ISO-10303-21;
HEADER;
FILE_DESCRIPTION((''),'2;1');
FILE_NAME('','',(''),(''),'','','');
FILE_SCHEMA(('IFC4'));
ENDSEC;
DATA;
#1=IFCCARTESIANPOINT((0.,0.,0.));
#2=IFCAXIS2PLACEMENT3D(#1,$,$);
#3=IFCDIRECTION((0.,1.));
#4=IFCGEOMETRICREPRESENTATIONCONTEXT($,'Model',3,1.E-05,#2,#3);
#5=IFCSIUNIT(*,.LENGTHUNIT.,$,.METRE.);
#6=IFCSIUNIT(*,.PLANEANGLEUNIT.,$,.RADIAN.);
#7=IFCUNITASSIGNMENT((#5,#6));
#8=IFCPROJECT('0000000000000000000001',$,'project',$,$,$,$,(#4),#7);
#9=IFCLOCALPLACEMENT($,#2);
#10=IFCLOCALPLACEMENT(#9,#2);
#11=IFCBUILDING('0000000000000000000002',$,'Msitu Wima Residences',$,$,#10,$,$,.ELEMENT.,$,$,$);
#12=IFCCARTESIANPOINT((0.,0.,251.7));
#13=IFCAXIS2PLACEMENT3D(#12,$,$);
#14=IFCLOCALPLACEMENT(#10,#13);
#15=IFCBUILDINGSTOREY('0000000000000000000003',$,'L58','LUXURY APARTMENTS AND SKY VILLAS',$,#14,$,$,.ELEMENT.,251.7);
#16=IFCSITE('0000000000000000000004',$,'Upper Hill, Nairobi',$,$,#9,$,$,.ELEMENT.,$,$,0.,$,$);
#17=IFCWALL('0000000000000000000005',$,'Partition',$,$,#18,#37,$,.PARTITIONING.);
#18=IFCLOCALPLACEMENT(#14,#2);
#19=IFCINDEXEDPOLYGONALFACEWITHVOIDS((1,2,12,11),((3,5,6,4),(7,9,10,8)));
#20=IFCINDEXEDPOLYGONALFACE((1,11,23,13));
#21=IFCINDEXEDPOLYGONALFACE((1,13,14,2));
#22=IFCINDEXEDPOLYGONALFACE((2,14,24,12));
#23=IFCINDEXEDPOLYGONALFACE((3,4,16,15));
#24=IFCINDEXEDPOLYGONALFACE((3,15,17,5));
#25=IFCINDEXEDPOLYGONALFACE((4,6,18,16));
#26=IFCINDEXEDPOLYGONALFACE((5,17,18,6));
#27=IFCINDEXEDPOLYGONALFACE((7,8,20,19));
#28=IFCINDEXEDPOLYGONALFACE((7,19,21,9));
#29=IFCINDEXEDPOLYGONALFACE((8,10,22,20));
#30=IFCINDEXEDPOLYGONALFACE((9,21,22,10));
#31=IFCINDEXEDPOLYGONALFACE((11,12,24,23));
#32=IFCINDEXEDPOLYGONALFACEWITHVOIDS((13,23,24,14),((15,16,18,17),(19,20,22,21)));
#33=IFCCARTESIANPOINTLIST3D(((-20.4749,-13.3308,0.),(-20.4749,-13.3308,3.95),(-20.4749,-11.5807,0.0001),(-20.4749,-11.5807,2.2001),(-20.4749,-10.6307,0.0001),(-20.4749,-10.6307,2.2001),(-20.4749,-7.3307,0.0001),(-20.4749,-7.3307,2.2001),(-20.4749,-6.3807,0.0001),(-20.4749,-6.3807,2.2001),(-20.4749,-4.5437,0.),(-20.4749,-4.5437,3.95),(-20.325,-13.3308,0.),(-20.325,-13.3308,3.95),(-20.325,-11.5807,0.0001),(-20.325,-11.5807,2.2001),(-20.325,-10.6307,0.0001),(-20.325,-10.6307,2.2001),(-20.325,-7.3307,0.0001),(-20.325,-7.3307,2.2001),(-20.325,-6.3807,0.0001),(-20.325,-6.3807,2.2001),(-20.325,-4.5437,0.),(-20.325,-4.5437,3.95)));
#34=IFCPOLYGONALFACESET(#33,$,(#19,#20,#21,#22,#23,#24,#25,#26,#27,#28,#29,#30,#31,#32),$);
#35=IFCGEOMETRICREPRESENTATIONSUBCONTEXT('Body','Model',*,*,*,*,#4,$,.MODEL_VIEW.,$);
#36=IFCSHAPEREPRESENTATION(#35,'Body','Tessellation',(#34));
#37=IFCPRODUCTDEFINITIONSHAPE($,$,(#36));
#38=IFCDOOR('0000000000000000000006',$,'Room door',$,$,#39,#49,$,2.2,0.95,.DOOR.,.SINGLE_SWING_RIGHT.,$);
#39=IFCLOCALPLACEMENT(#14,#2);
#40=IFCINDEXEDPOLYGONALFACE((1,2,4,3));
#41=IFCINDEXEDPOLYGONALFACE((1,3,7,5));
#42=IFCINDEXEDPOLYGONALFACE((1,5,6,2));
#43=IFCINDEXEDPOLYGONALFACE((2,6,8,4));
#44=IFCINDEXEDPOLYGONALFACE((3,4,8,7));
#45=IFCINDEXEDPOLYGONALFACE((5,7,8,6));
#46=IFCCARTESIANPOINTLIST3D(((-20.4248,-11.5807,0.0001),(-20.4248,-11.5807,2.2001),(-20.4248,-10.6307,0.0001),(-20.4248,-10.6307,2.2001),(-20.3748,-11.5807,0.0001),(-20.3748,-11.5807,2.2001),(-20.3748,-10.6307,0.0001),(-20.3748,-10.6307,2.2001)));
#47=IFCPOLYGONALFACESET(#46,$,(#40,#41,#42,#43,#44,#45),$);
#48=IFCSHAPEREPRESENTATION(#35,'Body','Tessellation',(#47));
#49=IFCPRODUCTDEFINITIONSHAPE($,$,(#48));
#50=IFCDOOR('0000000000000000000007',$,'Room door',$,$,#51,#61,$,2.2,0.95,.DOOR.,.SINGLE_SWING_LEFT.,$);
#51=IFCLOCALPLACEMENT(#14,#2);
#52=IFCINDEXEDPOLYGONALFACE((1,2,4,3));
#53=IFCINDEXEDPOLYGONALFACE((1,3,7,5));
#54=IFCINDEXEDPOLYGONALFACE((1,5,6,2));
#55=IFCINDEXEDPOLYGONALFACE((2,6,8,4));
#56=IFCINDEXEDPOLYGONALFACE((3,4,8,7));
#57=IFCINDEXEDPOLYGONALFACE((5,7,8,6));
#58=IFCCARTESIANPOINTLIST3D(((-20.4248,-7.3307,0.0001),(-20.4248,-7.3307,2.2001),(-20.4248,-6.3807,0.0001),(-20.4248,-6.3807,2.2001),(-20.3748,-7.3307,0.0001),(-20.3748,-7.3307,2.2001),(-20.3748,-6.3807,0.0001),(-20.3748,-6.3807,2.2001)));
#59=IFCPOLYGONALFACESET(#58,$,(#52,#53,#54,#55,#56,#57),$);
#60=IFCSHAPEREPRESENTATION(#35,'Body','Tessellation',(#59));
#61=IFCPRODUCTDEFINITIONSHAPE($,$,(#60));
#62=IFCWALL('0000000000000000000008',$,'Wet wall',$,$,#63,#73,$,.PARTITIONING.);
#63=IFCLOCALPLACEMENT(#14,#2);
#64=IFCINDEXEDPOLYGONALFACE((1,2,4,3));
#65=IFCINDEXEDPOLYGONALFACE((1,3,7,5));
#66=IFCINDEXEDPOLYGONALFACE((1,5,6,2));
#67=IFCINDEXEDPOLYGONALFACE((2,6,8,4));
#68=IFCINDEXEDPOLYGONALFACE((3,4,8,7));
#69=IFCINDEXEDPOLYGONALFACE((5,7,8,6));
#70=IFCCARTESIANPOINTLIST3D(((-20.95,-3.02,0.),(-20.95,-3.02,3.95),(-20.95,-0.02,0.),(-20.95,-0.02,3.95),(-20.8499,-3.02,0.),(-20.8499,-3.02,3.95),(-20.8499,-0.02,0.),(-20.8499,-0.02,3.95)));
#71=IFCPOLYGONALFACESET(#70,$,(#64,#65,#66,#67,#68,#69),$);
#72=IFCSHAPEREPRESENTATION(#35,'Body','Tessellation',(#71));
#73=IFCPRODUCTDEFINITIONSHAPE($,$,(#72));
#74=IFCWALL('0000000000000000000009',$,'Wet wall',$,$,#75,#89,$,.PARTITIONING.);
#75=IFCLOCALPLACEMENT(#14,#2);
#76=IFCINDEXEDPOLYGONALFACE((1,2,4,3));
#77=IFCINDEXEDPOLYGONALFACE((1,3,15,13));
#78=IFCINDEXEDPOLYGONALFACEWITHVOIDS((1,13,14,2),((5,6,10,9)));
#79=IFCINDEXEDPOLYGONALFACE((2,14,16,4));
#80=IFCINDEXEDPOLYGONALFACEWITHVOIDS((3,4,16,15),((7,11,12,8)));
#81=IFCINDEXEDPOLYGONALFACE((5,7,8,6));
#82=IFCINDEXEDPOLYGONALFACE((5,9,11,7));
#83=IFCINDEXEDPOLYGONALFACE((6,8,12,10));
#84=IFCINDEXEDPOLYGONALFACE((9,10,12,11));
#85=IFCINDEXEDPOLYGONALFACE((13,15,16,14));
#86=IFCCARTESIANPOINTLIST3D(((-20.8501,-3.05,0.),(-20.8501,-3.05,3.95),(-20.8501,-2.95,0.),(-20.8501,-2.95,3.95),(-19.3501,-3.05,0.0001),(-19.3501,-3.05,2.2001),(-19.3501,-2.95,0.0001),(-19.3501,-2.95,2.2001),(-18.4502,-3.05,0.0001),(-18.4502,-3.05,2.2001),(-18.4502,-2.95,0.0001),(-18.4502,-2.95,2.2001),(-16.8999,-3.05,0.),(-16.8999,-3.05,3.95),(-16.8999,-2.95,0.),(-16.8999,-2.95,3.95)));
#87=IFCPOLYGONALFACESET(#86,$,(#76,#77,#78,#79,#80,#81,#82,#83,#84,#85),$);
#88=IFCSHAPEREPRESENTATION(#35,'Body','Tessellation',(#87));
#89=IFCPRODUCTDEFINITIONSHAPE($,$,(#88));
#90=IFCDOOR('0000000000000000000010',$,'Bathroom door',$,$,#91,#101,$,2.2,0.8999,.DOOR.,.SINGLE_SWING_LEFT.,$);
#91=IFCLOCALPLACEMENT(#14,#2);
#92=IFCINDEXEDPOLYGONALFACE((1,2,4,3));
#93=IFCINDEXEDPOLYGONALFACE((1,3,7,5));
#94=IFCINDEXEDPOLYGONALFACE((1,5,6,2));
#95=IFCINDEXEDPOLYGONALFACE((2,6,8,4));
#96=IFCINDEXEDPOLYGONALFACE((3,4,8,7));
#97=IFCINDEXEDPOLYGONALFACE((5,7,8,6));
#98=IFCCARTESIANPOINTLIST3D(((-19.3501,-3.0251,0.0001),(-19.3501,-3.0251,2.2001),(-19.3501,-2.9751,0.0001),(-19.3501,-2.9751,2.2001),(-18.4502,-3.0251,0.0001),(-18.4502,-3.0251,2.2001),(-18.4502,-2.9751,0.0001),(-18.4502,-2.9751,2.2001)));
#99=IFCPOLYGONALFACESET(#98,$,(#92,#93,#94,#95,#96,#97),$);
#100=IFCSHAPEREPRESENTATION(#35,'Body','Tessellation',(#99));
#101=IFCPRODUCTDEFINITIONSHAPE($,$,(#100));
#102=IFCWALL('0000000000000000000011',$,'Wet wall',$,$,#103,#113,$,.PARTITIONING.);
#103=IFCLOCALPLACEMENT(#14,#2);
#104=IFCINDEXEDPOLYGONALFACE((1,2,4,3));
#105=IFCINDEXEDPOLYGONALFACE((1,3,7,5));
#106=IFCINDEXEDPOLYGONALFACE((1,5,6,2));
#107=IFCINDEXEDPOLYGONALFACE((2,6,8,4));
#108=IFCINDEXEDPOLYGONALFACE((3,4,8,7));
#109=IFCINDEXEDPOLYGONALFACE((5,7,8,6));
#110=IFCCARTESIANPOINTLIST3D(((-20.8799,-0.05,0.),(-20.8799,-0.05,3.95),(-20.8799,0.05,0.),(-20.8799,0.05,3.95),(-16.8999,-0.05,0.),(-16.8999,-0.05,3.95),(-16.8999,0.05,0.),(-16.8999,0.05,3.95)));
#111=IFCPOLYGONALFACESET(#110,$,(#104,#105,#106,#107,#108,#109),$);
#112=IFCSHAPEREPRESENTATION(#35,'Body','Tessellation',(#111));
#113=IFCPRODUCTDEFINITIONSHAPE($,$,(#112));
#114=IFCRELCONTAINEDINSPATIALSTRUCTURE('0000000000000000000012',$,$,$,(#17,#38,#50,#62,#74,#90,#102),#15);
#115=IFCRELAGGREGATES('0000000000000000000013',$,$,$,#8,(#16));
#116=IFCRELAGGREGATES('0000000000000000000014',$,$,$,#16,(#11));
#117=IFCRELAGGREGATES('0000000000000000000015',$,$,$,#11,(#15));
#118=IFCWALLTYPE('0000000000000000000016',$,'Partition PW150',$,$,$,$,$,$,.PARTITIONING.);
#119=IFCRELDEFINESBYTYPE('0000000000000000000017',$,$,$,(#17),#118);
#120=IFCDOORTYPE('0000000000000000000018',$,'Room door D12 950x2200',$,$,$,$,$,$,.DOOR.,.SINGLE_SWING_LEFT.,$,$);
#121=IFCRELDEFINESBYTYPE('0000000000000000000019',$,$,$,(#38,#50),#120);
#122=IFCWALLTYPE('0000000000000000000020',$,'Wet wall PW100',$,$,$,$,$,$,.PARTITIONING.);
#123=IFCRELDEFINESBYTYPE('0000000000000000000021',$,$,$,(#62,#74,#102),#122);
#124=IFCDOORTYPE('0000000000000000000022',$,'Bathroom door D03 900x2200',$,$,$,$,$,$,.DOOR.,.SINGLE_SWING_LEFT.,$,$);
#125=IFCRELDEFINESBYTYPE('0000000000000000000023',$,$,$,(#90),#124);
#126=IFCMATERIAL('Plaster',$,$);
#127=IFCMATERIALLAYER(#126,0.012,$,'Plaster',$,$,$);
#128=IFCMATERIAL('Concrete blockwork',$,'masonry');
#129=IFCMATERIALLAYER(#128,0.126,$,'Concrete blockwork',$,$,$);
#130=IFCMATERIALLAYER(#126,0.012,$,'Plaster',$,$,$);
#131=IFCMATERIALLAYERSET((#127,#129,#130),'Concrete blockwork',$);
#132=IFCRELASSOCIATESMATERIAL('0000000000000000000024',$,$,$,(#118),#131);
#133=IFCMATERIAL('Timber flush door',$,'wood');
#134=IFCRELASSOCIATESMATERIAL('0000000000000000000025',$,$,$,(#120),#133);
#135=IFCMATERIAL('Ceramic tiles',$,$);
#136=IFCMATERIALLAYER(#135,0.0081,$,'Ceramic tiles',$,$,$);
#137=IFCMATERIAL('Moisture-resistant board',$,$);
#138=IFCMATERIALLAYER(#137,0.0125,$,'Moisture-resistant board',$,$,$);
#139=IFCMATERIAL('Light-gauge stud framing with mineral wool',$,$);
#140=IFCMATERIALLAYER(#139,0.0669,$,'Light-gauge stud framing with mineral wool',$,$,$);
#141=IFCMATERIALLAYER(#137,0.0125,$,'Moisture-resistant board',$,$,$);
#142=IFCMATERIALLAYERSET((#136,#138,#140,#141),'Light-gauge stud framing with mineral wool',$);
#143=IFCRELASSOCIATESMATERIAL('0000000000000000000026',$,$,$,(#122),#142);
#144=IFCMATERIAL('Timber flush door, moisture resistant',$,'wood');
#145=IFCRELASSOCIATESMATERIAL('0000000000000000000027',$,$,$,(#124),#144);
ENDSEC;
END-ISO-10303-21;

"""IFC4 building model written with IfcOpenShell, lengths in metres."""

from ifc_helpers import new_model, si_unit, direction, frame, frame_2d, origin, place, context, subcontext, project, spatial, rectangle, extrude, material, layer, layer_set, type_object, element, fill, save


model = new_model("IFC4")

# Units and contexts
model_context = context("Model", 3, precision=1e-05, world=origin(), true_north=direction((0.0, 1.0)))
body_context = subcontext(model_context, "Body", "Model", "MODEL_VIEW")
ifc_project = project(units=[si_unit("LENGTHUNIT", "METRE"), si_unit("PLANEANGLEUNIT", "RADIAN")], contexts=[model_context])

# Site, building, storey
site_placement = place(None, origin())
site = spatial("IfcSite", under=ifc_project, at=site_placement, Name="Upper Hill, Nairobi", CompositionType="ELEMENT", RefElevation=0.0)
building_placement = place(site_placement, origin())
building = spatial("IfcBuilding", under=site, at=building_placement, Name="Msitu Wima Residences", CompositionType="ELEMENT")
storey_placement = place(building_placement, frame((0.0, 0.0, 251.7)))
storey = spatial("IfcBuildingStorey", under=building, at=storey_placement, Name="L58", Description="LUXURY APARTMENTS AND SKY VILLAS", CompositionType="ELEMENT", Elevation=251.7)

# Shared definitions
ifc_material_1 = material(Name="Plaster")
ifc_layer_1 = layer(ifc_material_1, 0.012, Name="Plaster")
ifc_material_2 = material(Name="Concrete blockwork", Category="masonry")
ifc_layer_2 = layer(ifc_material_2, 0.126, Name="Concrete blockwork")
ifc_layer_3 = layer(ifc_material_1, 0.012, Name="Plaster")
ifc_layer_set_1 = layer_set([ifc_layer_1, ifc_layer_2, ifc_layer_3], Name="Concrete blockwork")
wall_type_1 = type_object("IfcWallType", Name="Partition PW150", PredefinedType="PARTITIONING", material=ifc_layer_set_1)

# Shared definitions
ifc_material_3 = material(Name="Timber flush door", Category="wood")
door_type_1 = type_object("IfcDoorType", Name="Room door D12 950x2200", OperationType="SINGLE_SWING_LEFT", PredefinedType="DOOR", material=ifc_material_3)

# Wall, openings, doors
wall_1_placement = place(storey_placement, frame((-20.3999, -13.3308, 0.0), z_axis=(0.0, 0.0, 1.0), x_axis=(0.0, 1.0, 0.0)))
wall_1 = element("IfcWall", 1, at=wall_1_placement, inside=storey, type_object=wall_type_1, Name="Partition", PredefinedType="PARTITIONING", context=body_context, shape_type="SweptSolid", body=[
    extrude(rectangle(XDim=8.7871, YDim=0.1499, at=frame_2d((4.3936, 0.0))), origin(), (0.0, 0.0, 1.0), 3.95),
])
opening_1_placement = place(wall_1_placement, frame((1.75, 0.0, 0.0)))
opening_1 = element("IfcOpeningElement", 2, at=opening_1_placement, cuts=wall_1, PredefinedType="OPENING", context=body_context, shape_type="SweptSolid", body=[
    extrude(rectangle(XDim=0.95, YDim=2.2, at=frame_2d((0.4751, 1.1001))), frame((0.0, 0.085, 0.0), z_axis=(0.0, -1.0, 0.0), x_axis=(1.0, 0.0, 0.0)), (0.0, 0.0, 1.0), 0.1699),
])
opening_2_placement = place(wall_1_placement, frame((6.0, 0.0, 0.0)))
opening_2 = element("IfcOpeningElement", 3, at=opening_2_placement, cuts=wall_1, PredefinedType="OPENING", context=body_context, shape_type="SweptSolid", body=[
    extrude(rectangle(XDim=0.95, YDim=2.2, at=frame_2d((0.4751, 1.1001))), frame((0.0, 0.085, 0.0), z_axis=(0.0, -1.0, 0.0), x_axis=(1.0, 0.0, 0.0)), (0.0, 0.0, 1.0), 0.1699),
])
door_1_placement = place(opening_1_placement, origin())
door_1 = element("IfcDoor", 4, at=door_1_placement, inside=storey, type_object=door_type_1, Name="Room door", OperationType="SINGLE_SWING_RIGHT", OverallHeight=2.2, OverallWidth=0.95, PredefinedType="DOOR", context=body_context, shape_type="SweptSolid", body=[
    extrude(rectangle(XDim=0.95, YDim=2.2, at=frame_2d((0.4751, 1.1001))), frame((0.0, 0.0249, 0.0), z_axis=(0.0, -1.0, 0.0), x_axis=(1.0, 0.0, 0.0)), (0.0, 0.0, 1.0), 0.05),
])
fill(opening_1, door_1)
door_2_placement = place(opening_2_placement, origin())
door_2 = element("IfcDoor", 5, at=door_2_placement, inside=storey, type_object=door_type_1, Name="Room door", OperationType="SINGLE_SWING_LEFT", OverallHeight=2.2, OverallWidth=0.95, PredefinedType="DOOR", context=body_context, shape_type="SweptSolid", body=[
    extrude(rectangle(XDim=0.95, YDim=2.2, at=frame_2d((0.4751, 1.1001))), frame((0.0, 0.0249, 0.0), z_axis=(0.0, -1.0, 0.0), x_axis=(1.0, 0.0, 0.0)), (0.0, 0.0, 1.0), 0.05),
])
fill(opening_2, door_2)

# Wall
ifc_material_4 = material(Name="Ceramic tiles")
ifc_layer_4 = layer(ifc_material_4, 0.0081, Name="Ceramic tiles")
ifc_material_5 = material(Name="Moisture-resistant board")
ifc_layer_5 = layer(ifc_material_5, 0.0125, Name="Moisture-resistant board")
ifc_material_6 = material(Name="Light-gauge stud framing with mineral wool")
ifc_layer_6 = layer(ifc_material_6, 0.0669, Name="Light-gauge stud framing with mineral wool")
ifc_layer_7 = layer(ifc_material_5, 0.0125, Name="Moisture-resistant board")
ifc_layer_set_2 = layer_set([ifc_layer_4, ifc_layer_5, ifc_layer_6, ifc_layer_7], Name="Light-gauge stud framing with mineral wool")
wall_type_2 = type_object("IfcWallType", Name="Wet wall PW100", PredefinedType="PARTITIONING", material=ifc_layer_set_2)
wall_2_placement = place(storey_placement, frame((-20.8999, -3.02, 0.0), z_axis=(0.0, 0.0, 1.0), x_axis=(0.0, 1.0, 0.0)))
element("IfcWall", 6, at=wall_2_placement, inside=storey, type_object=wall_type_2, Name="Wet wall", PredefinedType="PARTITIONING", context=body_context, shape_type="SweptSolid", body=[
    extrude(rectangle(XDim=3.0, YDim=0.1001, at=frame_2d((1.5, 0.0))), origin(), (0.0, 0.0, 1.0), 3.95),
])

# Wall, opening, door
wall_3_placement = place(storey_placement, frame((-20.8501, -3.0, 0.0), z_axis=(0.0, 0.0, 1.0), x_axis=(1.0, 0.0, 0.0)))
wall_3 = element("IfcWall", 7, at=wall_3_placement, inside=storey, type_object=wall_type_2, Name="Wet wall", PredefinedType="PARTITIONING", context=body_context, shape_type="SweptSolid", body=[
    extrude(rectangle(XDim=3.9502, YDim=0.1001, at=frame_2d((1.9751, 0.0))), origin(), (0.0, 0.0, 1.0), 3.95),
])
opening_3_placement = place(wall_3_placement, frame((1.5, 0.0, 0.0)))
opening_3 = element("IfcOpeningElement", 8, at=opening_3_placement, cuts=wall_3, PredefinedType="OPENING", context=body_context, shape_type="SweptSolid", body=[
    extrude(rectangle(XDim=0.8999, YDim=2.2, at=frame_2d((0.45, 1.1001))), frame((0.0, 0.0601, 0.0), z_axis=(0.0, -1.0, 0.0), x_axis=(1.0, 0.0, 0.0)), (0.0, 0.0, 1.0), 0.1201),
])
ifc_material_7 = material(Name="Timber flush door, moisture resistant", Category="wood")
door_type_2 = type_object("IfcDoorType", Name="Bathroom door D03 900x2200", OperationType="SINGLE_SWING_LEFT", PredefinedType="DOOR", material=ifc_material_7)
door_3_placement = place(opening_3_placement, origin())
door_3 = element("IfcDoor", 9, at=door_3_placement, inside=storey, type_object=door_type_2, Name="Bathroom door", OperationType="SINGLE_SWING_LEFT", OverallHeight=2.2, OverallWidth=0.8999, PredefinedType="DOOR", context=body_context, shape_type="SweptSolid", body=[
    extrude(rectangle(XDim=0.8999, YDim=2.2, at=frame_2d((0.45, 1.1001))), frame((0.0, 0.0249, 0.0), z_axis=(0.0, -1.0, 0.0), x_axis=(1.0, 0.0, 0.0)), (0.0, 0.0, 1.0), 0.05),
])
fill(opening_3, door_3)

# Wall
wall_4_placement = place(storey_placement, frame((-20.8799, 0.0, 0.0), z_axis=(0.0, 0.0, 1.0), x_axis=(1.0, 0.0, 0.0)))
element("IfcWall", 10, at=wall_4_placement, inside=storey, type_object=wall_type_2, Name="Wet wall", PredefinedType="PARTITIONING", context=body_context, shape_type="SweptSolid", body=[
    extrude(rectangle(XDim=3.98, YDim=0.1001, at=frame_2d((1.99, 0.0))), origin(), (0.0, 0.0, 1.0), 3.95),
])

save(model, "model.ifc")
